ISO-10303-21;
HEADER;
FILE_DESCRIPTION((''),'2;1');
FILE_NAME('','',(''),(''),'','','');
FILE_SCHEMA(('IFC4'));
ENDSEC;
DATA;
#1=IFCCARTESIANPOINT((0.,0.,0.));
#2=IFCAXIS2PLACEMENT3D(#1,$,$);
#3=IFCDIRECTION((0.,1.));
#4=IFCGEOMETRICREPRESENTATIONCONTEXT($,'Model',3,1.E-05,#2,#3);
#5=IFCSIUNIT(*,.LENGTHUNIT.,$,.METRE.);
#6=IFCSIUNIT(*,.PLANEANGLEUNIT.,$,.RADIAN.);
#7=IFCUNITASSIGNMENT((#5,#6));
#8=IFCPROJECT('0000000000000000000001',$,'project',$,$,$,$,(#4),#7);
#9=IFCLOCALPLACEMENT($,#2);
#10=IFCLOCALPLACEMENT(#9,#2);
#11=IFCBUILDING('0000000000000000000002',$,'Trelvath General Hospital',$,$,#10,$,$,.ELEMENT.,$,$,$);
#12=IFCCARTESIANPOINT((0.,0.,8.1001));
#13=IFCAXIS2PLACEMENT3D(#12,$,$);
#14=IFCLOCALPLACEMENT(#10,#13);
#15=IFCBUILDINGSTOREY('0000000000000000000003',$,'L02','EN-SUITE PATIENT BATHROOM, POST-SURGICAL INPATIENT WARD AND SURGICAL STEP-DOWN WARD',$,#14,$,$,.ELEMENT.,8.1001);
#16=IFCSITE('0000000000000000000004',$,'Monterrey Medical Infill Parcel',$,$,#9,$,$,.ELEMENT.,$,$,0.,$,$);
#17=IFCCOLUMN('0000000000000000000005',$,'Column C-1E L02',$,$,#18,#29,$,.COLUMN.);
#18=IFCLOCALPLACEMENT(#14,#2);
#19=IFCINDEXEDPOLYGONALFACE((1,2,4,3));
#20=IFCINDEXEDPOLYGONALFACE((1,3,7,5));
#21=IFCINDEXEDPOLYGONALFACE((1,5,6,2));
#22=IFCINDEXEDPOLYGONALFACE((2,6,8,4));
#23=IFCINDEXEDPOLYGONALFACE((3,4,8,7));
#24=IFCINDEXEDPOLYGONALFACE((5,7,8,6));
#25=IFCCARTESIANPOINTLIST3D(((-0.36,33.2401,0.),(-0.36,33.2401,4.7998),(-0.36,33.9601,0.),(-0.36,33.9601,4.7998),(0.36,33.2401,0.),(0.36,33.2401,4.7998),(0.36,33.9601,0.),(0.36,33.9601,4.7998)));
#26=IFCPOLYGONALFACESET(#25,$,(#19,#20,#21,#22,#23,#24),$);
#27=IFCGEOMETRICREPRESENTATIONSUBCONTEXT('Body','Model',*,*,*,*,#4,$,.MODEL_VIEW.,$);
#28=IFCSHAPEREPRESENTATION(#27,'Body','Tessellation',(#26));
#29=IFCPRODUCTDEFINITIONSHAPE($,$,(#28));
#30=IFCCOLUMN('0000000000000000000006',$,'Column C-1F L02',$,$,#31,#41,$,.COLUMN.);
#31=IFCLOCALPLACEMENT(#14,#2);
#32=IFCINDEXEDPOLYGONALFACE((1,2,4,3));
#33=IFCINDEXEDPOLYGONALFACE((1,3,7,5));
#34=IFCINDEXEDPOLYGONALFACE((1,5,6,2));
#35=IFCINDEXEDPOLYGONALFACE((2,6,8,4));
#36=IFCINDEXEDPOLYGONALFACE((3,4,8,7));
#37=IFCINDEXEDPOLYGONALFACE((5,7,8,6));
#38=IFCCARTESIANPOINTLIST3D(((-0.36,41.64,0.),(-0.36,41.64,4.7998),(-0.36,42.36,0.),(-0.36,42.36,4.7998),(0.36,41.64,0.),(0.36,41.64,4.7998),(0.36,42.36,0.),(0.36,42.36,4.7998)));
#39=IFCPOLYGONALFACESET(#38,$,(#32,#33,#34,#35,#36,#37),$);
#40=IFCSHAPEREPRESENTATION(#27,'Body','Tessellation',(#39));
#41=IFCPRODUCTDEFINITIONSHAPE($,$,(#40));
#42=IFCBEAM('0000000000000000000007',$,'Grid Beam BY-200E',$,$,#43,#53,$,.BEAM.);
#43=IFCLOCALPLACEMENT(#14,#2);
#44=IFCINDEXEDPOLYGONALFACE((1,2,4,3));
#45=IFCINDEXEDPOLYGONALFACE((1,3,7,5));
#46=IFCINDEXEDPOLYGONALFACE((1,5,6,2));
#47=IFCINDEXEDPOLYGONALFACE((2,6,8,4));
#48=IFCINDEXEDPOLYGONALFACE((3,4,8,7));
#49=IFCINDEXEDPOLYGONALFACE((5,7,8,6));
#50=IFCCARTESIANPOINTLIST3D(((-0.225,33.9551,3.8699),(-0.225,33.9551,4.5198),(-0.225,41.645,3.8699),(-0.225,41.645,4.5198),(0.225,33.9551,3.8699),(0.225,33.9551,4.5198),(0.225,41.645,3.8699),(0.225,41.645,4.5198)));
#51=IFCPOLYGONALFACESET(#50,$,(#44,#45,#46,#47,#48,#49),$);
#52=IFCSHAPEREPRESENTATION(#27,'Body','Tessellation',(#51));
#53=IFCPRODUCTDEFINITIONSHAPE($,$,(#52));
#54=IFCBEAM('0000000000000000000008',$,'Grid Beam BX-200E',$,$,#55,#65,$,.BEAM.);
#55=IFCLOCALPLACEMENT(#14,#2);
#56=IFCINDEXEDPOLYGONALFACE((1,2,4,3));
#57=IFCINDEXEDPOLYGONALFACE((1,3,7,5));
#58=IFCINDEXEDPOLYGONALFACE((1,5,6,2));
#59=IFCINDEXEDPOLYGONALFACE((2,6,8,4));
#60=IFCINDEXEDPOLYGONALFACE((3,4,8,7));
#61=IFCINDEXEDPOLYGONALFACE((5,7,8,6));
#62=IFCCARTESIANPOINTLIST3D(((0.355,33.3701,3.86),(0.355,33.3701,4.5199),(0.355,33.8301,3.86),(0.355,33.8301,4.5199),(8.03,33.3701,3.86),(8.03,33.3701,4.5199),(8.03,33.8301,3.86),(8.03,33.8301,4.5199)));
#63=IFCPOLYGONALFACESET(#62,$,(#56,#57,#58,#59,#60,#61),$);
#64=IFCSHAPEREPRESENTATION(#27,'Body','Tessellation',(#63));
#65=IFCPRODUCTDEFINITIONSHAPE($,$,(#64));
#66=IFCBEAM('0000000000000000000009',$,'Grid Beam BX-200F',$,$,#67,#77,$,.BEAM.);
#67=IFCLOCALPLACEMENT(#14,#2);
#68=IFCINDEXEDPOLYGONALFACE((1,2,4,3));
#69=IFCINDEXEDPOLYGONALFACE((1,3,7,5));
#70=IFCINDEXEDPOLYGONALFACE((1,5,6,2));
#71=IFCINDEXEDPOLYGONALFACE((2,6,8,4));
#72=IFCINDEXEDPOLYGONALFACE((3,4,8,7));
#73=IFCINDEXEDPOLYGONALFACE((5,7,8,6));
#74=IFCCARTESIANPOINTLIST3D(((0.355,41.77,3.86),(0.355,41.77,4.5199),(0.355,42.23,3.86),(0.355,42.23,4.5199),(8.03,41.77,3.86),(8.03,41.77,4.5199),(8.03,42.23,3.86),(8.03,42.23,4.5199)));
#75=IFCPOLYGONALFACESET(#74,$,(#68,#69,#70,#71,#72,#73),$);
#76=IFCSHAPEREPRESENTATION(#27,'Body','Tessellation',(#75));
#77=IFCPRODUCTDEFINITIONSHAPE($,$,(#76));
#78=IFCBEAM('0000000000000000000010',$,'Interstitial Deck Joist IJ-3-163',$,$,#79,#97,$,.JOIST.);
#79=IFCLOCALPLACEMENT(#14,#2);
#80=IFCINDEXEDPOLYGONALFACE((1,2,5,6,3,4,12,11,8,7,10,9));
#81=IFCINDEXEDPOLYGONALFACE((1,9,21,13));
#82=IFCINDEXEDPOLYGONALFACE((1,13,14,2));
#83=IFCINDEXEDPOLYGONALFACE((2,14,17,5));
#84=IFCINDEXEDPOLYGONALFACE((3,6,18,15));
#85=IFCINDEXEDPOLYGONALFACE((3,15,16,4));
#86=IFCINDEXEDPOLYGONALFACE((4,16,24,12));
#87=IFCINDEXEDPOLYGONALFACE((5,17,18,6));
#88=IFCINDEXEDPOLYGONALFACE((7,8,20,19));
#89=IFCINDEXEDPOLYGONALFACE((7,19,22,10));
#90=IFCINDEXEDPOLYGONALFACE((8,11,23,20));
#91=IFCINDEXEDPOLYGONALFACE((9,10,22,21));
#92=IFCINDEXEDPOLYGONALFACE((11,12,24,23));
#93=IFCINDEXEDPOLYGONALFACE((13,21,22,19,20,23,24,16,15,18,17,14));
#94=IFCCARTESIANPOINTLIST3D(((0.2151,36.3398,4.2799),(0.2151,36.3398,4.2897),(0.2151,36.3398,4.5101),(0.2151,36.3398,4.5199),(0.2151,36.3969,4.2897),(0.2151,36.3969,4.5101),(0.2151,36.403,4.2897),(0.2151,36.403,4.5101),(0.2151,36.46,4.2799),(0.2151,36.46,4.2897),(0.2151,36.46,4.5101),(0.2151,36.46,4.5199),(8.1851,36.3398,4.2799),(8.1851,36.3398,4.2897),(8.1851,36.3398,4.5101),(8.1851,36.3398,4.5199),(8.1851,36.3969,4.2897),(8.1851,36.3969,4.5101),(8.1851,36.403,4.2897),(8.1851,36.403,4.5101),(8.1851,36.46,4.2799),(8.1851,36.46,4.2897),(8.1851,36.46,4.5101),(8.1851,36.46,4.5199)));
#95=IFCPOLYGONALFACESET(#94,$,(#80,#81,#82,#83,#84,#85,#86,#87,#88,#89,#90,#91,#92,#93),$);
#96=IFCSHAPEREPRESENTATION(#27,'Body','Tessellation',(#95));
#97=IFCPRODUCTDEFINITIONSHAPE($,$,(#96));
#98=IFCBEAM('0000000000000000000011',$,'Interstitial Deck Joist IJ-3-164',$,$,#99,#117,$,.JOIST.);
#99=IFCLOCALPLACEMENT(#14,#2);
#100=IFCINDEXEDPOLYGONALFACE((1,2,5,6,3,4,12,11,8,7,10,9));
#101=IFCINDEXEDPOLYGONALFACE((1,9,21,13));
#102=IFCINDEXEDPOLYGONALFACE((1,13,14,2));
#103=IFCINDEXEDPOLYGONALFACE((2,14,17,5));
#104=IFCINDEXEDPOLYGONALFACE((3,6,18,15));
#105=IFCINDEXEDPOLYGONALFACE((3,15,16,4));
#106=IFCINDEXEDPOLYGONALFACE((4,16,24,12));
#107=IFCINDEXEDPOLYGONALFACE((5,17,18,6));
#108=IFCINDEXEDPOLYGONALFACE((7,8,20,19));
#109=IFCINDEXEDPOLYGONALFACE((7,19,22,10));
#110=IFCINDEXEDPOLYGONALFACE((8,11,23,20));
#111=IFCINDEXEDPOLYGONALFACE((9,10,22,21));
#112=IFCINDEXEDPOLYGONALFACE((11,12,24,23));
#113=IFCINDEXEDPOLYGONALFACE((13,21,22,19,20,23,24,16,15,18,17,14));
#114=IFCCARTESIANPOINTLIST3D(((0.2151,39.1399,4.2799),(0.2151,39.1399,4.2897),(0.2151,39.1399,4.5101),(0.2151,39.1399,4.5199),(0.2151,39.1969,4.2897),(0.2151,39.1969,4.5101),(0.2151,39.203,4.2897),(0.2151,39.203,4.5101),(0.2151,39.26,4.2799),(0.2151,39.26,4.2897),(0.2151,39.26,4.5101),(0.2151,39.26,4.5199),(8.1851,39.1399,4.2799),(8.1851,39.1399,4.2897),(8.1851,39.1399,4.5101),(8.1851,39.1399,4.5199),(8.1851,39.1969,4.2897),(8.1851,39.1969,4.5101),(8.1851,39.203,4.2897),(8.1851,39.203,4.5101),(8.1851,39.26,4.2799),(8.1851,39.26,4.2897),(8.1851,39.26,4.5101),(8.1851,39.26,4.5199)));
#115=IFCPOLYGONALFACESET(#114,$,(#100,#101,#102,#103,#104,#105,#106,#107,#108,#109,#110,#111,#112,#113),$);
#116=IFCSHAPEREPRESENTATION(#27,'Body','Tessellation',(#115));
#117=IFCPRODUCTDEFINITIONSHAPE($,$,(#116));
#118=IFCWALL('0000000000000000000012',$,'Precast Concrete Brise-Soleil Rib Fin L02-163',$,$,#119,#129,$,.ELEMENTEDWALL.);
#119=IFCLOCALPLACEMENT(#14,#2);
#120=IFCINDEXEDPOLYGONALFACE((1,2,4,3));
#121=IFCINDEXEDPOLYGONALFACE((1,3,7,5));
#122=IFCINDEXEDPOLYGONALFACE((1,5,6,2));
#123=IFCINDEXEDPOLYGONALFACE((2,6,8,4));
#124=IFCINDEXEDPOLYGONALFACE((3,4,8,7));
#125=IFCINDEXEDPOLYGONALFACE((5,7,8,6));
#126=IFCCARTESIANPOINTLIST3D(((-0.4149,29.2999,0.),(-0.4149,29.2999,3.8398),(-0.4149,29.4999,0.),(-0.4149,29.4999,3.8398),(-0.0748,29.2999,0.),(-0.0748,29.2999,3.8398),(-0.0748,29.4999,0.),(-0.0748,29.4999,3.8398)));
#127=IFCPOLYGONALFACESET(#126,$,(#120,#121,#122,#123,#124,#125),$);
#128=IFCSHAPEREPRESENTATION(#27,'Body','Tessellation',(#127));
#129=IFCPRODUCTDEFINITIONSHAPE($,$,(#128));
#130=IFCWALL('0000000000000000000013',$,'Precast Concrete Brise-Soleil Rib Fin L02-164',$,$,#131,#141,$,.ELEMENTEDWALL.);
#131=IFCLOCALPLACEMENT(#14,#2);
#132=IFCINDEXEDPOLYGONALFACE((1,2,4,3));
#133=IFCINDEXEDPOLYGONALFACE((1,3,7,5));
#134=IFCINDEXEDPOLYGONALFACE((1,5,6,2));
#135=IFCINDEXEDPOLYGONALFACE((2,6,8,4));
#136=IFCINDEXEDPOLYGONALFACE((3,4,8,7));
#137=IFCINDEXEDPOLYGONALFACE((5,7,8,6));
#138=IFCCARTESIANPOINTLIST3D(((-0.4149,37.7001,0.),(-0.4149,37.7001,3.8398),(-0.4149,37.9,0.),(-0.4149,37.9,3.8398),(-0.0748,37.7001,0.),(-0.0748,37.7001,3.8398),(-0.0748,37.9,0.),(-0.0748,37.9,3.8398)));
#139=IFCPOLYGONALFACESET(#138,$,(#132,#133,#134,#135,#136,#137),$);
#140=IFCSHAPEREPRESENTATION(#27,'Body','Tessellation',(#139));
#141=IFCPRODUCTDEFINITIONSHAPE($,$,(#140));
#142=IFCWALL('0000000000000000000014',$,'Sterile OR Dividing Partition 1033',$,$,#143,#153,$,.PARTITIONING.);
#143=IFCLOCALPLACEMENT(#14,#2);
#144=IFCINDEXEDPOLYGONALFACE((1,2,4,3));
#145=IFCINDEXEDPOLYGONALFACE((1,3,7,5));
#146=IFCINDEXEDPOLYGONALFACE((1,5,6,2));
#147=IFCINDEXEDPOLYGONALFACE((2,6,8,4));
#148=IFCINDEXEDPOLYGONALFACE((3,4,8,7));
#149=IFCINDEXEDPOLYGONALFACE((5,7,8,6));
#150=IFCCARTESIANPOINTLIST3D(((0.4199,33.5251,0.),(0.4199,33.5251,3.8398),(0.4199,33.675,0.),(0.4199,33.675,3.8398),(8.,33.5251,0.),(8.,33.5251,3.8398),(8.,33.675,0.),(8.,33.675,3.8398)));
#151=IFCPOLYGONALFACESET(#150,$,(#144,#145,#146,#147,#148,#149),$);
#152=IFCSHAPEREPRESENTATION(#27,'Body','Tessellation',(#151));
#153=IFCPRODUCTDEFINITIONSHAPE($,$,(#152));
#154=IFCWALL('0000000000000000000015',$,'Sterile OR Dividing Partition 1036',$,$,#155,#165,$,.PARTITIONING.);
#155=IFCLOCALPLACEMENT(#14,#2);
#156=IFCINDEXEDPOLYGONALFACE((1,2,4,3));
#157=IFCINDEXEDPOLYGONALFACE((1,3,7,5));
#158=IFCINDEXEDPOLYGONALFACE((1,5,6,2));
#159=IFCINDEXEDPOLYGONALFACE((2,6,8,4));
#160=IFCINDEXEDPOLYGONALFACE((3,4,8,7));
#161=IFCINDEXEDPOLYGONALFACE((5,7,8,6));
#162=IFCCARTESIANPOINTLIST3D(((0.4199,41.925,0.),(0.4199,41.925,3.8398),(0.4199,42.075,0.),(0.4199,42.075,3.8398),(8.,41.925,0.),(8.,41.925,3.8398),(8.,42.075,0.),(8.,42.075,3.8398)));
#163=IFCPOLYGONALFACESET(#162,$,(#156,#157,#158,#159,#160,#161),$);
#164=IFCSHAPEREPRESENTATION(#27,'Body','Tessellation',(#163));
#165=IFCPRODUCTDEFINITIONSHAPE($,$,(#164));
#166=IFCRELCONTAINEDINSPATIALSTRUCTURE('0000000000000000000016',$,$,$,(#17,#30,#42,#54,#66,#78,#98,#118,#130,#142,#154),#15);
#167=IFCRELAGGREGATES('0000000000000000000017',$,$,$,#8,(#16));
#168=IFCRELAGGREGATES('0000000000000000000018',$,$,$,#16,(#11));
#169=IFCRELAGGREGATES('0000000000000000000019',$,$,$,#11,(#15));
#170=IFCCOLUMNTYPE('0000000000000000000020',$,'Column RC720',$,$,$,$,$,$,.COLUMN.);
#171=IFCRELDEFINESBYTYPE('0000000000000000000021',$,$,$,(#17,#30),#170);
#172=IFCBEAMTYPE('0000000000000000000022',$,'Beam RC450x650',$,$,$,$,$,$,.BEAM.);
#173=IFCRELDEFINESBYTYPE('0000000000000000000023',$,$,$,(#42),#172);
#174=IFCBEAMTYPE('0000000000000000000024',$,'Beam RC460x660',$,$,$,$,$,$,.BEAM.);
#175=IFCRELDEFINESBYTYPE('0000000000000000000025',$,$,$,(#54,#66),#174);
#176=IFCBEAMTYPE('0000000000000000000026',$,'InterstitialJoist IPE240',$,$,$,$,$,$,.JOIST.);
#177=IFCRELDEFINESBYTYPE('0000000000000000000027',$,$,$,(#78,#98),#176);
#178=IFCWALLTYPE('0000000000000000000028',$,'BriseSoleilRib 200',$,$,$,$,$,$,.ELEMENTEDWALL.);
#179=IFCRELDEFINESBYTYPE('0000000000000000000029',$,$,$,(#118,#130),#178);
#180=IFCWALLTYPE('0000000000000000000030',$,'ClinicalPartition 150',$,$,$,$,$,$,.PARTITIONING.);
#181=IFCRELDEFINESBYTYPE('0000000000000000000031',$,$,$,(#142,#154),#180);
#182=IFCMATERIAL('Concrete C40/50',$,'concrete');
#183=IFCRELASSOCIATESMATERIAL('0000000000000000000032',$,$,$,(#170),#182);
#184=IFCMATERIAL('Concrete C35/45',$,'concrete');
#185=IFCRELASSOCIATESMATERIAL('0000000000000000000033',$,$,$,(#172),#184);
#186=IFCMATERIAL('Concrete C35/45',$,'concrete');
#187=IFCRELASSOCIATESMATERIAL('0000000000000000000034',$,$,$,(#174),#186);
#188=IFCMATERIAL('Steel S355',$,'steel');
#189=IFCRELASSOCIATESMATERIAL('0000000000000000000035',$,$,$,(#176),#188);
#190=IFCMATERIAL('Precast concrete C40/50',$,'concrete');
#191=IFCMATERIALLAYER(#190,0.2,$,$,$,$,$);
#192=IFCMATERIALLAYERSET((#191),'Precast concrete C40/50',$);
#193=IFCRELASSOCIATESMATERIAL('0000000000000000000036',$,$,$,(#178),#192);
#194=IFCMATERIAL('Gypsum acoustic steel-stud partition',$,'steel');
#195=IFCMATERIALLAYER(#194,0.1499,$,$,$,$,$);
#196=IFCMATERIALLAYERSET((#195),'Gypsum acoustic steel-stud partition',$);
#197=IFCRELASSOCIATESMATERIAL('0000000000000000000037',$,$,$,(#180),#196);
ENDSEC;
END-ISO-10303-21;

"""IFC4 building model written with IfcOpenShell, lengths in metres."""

from ifc_helpers import new_model, si_unit, direction, frame, frame_2d, origin, origin_2d, place, context, subcontext, project, spatial, rectangle, i_section, extrude, material, layer, layer_set, material_profile, profile_set, type_object, element, save


model = new_model("IFC4")

# Units and contexts
model_context = context("Model", 3, precision=1e-05, world=origin(), true_north=direction((0.0, 1.0)))
body_context = subcontext(model_context, "Body", "Model", "MODEL_VIEW")
ifc_project = project(units=[si_unit("LENGTHUNIT", "METRE"), si_unit("PLANEANGLEUNIT", "RADIAN")], contexts=[model_context])

# Site, building, storey
site_placement = place(None, origin())
site = spatial("IfcSite", under=ifc_project, at=site_placement, Name="Monterrey Medical Infill Parcel", CompositionType="ELEMENT", RefElevation=0.0)
building_placement = place(site_placement, origin())
building = spatial("IfcBuilding", under=site, at=building_placement, Name="Trelvath General Hospital", CompositionType="ELEMENT")
storey_placement = place(building_placement, frame((0.0, 0.0, 8.1001)))
storey = spatial("IfcBuildingStorey", under=building, at=storey_placement, Name="L02", Description="EN-SUITE PATIENT BATHROOM, POST-SURGICAL INPATIENT WARD AND SURGICAL STEP-DOWN WARD", CompositionType="ELEMENT", Elevation=8.1001)

# Columns
ifc_material_1 = material(Name="Concrete C40/50", Category="concrete")
ifc_material_profile_1 = material_profile(ifc_material_1, rectangle(XDim=0.72, YDim=0.72, at=origin_2d()), Name="RC720x720")
ifc_profile_set_1 = profile_set([ifc_material_profile_1], Name="Concrete C40/50")
column_type = type_object("IfcColumnType", Name="Column RC720", PredefinedType="COLUMN", material=ifc_profile_set_1)
for number, where, z_axis, x_axis, name in (
    (1, (0.0, 33.6001, 0.0), (0.0, 0.0, 1.0), (1.0, 0.0, 0.0), "Column C-1E L02"),
    (2, (0.0, 42.0, 0.0), (0.0, 0.0, 1.0), (1.0, 0.0, 0.0), "Column C-1F L02"),
):
    element("IfcColumn", number, at=place(storey_placement, frame(where, z_axis=z_axis, x_axis=x_axis)), inside=storey, type_object=column_type, Name=name, PredefinedType="COLUMN", context=body_context, shape_type="SweptSolid", body=[
        extrude(rectangle(XDim=0.72, YDim=0.72, at=origin_2d()), origin(), (0.0, 0.0, 1.0), 4.7998),
    ])

# Beams
ifc_material_2 = material(Name="Concrete C35/45", Category="concrete")
ifc_material_profile_2 = material_profile(ifc_material_2, rectangle(XDim=0.45, YDim=0.6499, at=origin_2d()), Name="RCB450x650")
ifc_profile_set_2 = profile_set([ifc_material_profile_2], Name="Concrete C35/45")
beam_type_1 = type_object("IfcBeamType", Name="Beam RC450x650", PredefinedType="BEAM", material=ifc_profile_set_2)
beam_placement = place(storey_placement, frame((0.0, 33.9551, 4.1948), z_axis=(0.0, 1.0, 0.0), x_axis=(-1.0, 0.0, 0.0)))
element("IfcBeam", 3, at=beam_placement, inside=storey, type_object=beam_type_1, Name="Grid Beam BY-200E", PredefinedType="BEAM", context=body_context, shape_type="SweptSolid", body=[
    extrude(rectangle(XDim=0.45, YDim=0.6499, at=origin_2d()), origin(), (0.0, 0.0, 1.0), 7.6899),
])
ifc_material_3 = material(Name="Concrete C35/45", Category="concrete")
ifc_material_profile_3 = material_profile(ifc_material_3, rectangle(XDim=0.46, YDim=0.6599, at=origin_2d()), Name="RCB460x660")
ifc_profile_set_3 = profile_set([ifc_material_profile_3], Name="Concrete C35/45")
beam_type_2 = type_object("IfcBeamType", Name="Beam RC460x660", PredefinedType="BEAM", material=ifc_profile_set_3)
for number, where, z_axis, x_axis, name in (
    (4, (0.355, 33.6001, 4.1899), (1.0, 0.0, 0.0), (0.0, 1.0, 0.0), "Grid Beam BX-200E"),
    (5, (0.355, 42.0, 4.1899), (1.0, 0.0, 0.0), (0.0, 1.0, 0.0), "Grid Beam BX-200F"),
):
    element("IfcBeam", number, at=place(storey_placement, frame(where, z_axis=z_axis, x_axis=x_axis)), inside=storey, type_object=beam_type_2, Name=name, PredefinedType="BEAM", context=body_context, shape_type="SweptSolid", body=[
        extrude(rectangle(XDim=0.46, YDim=0.6599, at=origin_2d()), origin(), (0.0, 0.0, 1.0), 7.675),
    ])
ifc_material_4 = material(Name="Steel S355", Category="steel")
ifc_material_profile_4 = material_profile(ifc_material_4, i_section(OverallWidth=0.1201, OverallDepth=0.24, WebThickness=0.0061, FlangeThickness=0.0098, at=origin_2d()), Name="IPE240")
ifc_profile_set_4 = profile_set([ifc_material_profile_4], Name="Steel S355")
beam_type_3 = type_object("IfcBeamType", Name="InterstitialJoist IPE240", PredefinedType="JOIST", material=ifc_profile_set_4)
for number, where, z_axis, x_axis, name in (
    (6, (0.2151, 36.3999, 4.3999), (1.0, 0.0, 0.0), (0.0, 1.0, 0.0), "Interstitial Deck Joist IJ-3-163"),
    (7, (0.2151, 39.2, 4.3999), (1.0, 0.0, 0.0), (0.0, 1.0, 0.0), "Interstitial Deck Joist IJ-3-164"),
):
    element("IfcBeam", number, at=place(storey_placement, frame(where, z_axis=z_axis, x_axis=x_axis)), inside=storey, type_object=beam_type_3, Name=name, PredefinedType="JOIST", context=body_context, shape_type="SweptSolid", body=[
        extrude(i_section(OverallWidth=0.1201, OverallDepth=0.24, WebThickness=0.0061, FlangeThickness=0.0098, at=origin_2d()), origin(), (0.0, 0.0, 1.0), 7.97),
    ])

# Walls
ifc_material_5 = material(Name="Precast concrete C40/50", Category="concrete")
ifc_layer_1 = layer(ifc_material_5, 0.2)
ifc_layer_set_1 = layer_set([ifc_layer_1], Name="Precast concrete C40/50")
wall_type_1 = type_object("IfcWallType", Name="BriseSoleilRib 200", PredefinedType="ELEMENTEDWALL", material=ifc_layer_set_1)
for number, where, z_axis, x_axis, name in (
    (8, (-0.075, 29.3999, 0.0), (0.0, 0.0, 1.0), (-1.0, 0.0, 0.0), "Precast Concrete Brise-Soleil Rib Fin L02-163"),
    (9, (-0.075, 37.8, 0.0), (0.0, 0.0, 1.0), (-1.0, 0.0, 0.0), "Precast Concrete Brise-Soleil Rib Fin L02-164"),
):
    element("IfcWall", number, at=place(storey_placement, frame(where, z_axis=z_axis, x_axis=x_axis)), inside=storey, type_object=wall_type_1, Name=name, PredefinedType="ELEMENTEDWALL", context=body_context, shape_type="SweptSolid", body=[
        extrude(rectangle(XDim=0.3401, YDim=0.2, at=frame_2d((0.1699, 0.0))), origin(), (0.0, 0.0, 1.0), 3.8398),
    ])
ifc_material_6 = material(Name="Gypsum acoustic steel-stud partition", Category="steel")
ifc_layer_2 = layer(ifc_material_6, 0.1499)
ifc_layer_set_2 = layer_set([ifc_layer_2], Name="Gypsum acoustic steel-stud partition")
wall_type_2 = type_object("IfcWallType", Name="ClinicalPartition 150", PredefinedType="PARTITIONING", material=ifc_layer_set_2)
for number, where, z_axis, x_axis, name in (
    (10, (0.4199, 33.6001, 0.0), (0.0, 0.0, 1.0), (1.0, 0.0, 0.0), "Sterile OR Dividing Partition 1033"),
    (11, (0.4199, 42.0, 0.0), (0.0, 0.0, 1.0), (1.0, 0.0, 0.0), "Sterile OR Dividing Partition 1036"),
):
    element("IfcWall", number, at=place(storey_placement, frame(where, z_axis=z_axis, x_axis=x_axis)), inside=storey, type_object=wall_type_2, Name=name, PredefinedType="PARTITIONING", context=body_context, shape_type="SweptSolid", body=[
        extrude(rectangle(XDim=7.5801, YDim=0.1499, at=frame_2d((3.79, 0.0))), origin(), (0.0, 0.0, 1.0), 3.8398),
    ])

save(model, "model.ifc")
